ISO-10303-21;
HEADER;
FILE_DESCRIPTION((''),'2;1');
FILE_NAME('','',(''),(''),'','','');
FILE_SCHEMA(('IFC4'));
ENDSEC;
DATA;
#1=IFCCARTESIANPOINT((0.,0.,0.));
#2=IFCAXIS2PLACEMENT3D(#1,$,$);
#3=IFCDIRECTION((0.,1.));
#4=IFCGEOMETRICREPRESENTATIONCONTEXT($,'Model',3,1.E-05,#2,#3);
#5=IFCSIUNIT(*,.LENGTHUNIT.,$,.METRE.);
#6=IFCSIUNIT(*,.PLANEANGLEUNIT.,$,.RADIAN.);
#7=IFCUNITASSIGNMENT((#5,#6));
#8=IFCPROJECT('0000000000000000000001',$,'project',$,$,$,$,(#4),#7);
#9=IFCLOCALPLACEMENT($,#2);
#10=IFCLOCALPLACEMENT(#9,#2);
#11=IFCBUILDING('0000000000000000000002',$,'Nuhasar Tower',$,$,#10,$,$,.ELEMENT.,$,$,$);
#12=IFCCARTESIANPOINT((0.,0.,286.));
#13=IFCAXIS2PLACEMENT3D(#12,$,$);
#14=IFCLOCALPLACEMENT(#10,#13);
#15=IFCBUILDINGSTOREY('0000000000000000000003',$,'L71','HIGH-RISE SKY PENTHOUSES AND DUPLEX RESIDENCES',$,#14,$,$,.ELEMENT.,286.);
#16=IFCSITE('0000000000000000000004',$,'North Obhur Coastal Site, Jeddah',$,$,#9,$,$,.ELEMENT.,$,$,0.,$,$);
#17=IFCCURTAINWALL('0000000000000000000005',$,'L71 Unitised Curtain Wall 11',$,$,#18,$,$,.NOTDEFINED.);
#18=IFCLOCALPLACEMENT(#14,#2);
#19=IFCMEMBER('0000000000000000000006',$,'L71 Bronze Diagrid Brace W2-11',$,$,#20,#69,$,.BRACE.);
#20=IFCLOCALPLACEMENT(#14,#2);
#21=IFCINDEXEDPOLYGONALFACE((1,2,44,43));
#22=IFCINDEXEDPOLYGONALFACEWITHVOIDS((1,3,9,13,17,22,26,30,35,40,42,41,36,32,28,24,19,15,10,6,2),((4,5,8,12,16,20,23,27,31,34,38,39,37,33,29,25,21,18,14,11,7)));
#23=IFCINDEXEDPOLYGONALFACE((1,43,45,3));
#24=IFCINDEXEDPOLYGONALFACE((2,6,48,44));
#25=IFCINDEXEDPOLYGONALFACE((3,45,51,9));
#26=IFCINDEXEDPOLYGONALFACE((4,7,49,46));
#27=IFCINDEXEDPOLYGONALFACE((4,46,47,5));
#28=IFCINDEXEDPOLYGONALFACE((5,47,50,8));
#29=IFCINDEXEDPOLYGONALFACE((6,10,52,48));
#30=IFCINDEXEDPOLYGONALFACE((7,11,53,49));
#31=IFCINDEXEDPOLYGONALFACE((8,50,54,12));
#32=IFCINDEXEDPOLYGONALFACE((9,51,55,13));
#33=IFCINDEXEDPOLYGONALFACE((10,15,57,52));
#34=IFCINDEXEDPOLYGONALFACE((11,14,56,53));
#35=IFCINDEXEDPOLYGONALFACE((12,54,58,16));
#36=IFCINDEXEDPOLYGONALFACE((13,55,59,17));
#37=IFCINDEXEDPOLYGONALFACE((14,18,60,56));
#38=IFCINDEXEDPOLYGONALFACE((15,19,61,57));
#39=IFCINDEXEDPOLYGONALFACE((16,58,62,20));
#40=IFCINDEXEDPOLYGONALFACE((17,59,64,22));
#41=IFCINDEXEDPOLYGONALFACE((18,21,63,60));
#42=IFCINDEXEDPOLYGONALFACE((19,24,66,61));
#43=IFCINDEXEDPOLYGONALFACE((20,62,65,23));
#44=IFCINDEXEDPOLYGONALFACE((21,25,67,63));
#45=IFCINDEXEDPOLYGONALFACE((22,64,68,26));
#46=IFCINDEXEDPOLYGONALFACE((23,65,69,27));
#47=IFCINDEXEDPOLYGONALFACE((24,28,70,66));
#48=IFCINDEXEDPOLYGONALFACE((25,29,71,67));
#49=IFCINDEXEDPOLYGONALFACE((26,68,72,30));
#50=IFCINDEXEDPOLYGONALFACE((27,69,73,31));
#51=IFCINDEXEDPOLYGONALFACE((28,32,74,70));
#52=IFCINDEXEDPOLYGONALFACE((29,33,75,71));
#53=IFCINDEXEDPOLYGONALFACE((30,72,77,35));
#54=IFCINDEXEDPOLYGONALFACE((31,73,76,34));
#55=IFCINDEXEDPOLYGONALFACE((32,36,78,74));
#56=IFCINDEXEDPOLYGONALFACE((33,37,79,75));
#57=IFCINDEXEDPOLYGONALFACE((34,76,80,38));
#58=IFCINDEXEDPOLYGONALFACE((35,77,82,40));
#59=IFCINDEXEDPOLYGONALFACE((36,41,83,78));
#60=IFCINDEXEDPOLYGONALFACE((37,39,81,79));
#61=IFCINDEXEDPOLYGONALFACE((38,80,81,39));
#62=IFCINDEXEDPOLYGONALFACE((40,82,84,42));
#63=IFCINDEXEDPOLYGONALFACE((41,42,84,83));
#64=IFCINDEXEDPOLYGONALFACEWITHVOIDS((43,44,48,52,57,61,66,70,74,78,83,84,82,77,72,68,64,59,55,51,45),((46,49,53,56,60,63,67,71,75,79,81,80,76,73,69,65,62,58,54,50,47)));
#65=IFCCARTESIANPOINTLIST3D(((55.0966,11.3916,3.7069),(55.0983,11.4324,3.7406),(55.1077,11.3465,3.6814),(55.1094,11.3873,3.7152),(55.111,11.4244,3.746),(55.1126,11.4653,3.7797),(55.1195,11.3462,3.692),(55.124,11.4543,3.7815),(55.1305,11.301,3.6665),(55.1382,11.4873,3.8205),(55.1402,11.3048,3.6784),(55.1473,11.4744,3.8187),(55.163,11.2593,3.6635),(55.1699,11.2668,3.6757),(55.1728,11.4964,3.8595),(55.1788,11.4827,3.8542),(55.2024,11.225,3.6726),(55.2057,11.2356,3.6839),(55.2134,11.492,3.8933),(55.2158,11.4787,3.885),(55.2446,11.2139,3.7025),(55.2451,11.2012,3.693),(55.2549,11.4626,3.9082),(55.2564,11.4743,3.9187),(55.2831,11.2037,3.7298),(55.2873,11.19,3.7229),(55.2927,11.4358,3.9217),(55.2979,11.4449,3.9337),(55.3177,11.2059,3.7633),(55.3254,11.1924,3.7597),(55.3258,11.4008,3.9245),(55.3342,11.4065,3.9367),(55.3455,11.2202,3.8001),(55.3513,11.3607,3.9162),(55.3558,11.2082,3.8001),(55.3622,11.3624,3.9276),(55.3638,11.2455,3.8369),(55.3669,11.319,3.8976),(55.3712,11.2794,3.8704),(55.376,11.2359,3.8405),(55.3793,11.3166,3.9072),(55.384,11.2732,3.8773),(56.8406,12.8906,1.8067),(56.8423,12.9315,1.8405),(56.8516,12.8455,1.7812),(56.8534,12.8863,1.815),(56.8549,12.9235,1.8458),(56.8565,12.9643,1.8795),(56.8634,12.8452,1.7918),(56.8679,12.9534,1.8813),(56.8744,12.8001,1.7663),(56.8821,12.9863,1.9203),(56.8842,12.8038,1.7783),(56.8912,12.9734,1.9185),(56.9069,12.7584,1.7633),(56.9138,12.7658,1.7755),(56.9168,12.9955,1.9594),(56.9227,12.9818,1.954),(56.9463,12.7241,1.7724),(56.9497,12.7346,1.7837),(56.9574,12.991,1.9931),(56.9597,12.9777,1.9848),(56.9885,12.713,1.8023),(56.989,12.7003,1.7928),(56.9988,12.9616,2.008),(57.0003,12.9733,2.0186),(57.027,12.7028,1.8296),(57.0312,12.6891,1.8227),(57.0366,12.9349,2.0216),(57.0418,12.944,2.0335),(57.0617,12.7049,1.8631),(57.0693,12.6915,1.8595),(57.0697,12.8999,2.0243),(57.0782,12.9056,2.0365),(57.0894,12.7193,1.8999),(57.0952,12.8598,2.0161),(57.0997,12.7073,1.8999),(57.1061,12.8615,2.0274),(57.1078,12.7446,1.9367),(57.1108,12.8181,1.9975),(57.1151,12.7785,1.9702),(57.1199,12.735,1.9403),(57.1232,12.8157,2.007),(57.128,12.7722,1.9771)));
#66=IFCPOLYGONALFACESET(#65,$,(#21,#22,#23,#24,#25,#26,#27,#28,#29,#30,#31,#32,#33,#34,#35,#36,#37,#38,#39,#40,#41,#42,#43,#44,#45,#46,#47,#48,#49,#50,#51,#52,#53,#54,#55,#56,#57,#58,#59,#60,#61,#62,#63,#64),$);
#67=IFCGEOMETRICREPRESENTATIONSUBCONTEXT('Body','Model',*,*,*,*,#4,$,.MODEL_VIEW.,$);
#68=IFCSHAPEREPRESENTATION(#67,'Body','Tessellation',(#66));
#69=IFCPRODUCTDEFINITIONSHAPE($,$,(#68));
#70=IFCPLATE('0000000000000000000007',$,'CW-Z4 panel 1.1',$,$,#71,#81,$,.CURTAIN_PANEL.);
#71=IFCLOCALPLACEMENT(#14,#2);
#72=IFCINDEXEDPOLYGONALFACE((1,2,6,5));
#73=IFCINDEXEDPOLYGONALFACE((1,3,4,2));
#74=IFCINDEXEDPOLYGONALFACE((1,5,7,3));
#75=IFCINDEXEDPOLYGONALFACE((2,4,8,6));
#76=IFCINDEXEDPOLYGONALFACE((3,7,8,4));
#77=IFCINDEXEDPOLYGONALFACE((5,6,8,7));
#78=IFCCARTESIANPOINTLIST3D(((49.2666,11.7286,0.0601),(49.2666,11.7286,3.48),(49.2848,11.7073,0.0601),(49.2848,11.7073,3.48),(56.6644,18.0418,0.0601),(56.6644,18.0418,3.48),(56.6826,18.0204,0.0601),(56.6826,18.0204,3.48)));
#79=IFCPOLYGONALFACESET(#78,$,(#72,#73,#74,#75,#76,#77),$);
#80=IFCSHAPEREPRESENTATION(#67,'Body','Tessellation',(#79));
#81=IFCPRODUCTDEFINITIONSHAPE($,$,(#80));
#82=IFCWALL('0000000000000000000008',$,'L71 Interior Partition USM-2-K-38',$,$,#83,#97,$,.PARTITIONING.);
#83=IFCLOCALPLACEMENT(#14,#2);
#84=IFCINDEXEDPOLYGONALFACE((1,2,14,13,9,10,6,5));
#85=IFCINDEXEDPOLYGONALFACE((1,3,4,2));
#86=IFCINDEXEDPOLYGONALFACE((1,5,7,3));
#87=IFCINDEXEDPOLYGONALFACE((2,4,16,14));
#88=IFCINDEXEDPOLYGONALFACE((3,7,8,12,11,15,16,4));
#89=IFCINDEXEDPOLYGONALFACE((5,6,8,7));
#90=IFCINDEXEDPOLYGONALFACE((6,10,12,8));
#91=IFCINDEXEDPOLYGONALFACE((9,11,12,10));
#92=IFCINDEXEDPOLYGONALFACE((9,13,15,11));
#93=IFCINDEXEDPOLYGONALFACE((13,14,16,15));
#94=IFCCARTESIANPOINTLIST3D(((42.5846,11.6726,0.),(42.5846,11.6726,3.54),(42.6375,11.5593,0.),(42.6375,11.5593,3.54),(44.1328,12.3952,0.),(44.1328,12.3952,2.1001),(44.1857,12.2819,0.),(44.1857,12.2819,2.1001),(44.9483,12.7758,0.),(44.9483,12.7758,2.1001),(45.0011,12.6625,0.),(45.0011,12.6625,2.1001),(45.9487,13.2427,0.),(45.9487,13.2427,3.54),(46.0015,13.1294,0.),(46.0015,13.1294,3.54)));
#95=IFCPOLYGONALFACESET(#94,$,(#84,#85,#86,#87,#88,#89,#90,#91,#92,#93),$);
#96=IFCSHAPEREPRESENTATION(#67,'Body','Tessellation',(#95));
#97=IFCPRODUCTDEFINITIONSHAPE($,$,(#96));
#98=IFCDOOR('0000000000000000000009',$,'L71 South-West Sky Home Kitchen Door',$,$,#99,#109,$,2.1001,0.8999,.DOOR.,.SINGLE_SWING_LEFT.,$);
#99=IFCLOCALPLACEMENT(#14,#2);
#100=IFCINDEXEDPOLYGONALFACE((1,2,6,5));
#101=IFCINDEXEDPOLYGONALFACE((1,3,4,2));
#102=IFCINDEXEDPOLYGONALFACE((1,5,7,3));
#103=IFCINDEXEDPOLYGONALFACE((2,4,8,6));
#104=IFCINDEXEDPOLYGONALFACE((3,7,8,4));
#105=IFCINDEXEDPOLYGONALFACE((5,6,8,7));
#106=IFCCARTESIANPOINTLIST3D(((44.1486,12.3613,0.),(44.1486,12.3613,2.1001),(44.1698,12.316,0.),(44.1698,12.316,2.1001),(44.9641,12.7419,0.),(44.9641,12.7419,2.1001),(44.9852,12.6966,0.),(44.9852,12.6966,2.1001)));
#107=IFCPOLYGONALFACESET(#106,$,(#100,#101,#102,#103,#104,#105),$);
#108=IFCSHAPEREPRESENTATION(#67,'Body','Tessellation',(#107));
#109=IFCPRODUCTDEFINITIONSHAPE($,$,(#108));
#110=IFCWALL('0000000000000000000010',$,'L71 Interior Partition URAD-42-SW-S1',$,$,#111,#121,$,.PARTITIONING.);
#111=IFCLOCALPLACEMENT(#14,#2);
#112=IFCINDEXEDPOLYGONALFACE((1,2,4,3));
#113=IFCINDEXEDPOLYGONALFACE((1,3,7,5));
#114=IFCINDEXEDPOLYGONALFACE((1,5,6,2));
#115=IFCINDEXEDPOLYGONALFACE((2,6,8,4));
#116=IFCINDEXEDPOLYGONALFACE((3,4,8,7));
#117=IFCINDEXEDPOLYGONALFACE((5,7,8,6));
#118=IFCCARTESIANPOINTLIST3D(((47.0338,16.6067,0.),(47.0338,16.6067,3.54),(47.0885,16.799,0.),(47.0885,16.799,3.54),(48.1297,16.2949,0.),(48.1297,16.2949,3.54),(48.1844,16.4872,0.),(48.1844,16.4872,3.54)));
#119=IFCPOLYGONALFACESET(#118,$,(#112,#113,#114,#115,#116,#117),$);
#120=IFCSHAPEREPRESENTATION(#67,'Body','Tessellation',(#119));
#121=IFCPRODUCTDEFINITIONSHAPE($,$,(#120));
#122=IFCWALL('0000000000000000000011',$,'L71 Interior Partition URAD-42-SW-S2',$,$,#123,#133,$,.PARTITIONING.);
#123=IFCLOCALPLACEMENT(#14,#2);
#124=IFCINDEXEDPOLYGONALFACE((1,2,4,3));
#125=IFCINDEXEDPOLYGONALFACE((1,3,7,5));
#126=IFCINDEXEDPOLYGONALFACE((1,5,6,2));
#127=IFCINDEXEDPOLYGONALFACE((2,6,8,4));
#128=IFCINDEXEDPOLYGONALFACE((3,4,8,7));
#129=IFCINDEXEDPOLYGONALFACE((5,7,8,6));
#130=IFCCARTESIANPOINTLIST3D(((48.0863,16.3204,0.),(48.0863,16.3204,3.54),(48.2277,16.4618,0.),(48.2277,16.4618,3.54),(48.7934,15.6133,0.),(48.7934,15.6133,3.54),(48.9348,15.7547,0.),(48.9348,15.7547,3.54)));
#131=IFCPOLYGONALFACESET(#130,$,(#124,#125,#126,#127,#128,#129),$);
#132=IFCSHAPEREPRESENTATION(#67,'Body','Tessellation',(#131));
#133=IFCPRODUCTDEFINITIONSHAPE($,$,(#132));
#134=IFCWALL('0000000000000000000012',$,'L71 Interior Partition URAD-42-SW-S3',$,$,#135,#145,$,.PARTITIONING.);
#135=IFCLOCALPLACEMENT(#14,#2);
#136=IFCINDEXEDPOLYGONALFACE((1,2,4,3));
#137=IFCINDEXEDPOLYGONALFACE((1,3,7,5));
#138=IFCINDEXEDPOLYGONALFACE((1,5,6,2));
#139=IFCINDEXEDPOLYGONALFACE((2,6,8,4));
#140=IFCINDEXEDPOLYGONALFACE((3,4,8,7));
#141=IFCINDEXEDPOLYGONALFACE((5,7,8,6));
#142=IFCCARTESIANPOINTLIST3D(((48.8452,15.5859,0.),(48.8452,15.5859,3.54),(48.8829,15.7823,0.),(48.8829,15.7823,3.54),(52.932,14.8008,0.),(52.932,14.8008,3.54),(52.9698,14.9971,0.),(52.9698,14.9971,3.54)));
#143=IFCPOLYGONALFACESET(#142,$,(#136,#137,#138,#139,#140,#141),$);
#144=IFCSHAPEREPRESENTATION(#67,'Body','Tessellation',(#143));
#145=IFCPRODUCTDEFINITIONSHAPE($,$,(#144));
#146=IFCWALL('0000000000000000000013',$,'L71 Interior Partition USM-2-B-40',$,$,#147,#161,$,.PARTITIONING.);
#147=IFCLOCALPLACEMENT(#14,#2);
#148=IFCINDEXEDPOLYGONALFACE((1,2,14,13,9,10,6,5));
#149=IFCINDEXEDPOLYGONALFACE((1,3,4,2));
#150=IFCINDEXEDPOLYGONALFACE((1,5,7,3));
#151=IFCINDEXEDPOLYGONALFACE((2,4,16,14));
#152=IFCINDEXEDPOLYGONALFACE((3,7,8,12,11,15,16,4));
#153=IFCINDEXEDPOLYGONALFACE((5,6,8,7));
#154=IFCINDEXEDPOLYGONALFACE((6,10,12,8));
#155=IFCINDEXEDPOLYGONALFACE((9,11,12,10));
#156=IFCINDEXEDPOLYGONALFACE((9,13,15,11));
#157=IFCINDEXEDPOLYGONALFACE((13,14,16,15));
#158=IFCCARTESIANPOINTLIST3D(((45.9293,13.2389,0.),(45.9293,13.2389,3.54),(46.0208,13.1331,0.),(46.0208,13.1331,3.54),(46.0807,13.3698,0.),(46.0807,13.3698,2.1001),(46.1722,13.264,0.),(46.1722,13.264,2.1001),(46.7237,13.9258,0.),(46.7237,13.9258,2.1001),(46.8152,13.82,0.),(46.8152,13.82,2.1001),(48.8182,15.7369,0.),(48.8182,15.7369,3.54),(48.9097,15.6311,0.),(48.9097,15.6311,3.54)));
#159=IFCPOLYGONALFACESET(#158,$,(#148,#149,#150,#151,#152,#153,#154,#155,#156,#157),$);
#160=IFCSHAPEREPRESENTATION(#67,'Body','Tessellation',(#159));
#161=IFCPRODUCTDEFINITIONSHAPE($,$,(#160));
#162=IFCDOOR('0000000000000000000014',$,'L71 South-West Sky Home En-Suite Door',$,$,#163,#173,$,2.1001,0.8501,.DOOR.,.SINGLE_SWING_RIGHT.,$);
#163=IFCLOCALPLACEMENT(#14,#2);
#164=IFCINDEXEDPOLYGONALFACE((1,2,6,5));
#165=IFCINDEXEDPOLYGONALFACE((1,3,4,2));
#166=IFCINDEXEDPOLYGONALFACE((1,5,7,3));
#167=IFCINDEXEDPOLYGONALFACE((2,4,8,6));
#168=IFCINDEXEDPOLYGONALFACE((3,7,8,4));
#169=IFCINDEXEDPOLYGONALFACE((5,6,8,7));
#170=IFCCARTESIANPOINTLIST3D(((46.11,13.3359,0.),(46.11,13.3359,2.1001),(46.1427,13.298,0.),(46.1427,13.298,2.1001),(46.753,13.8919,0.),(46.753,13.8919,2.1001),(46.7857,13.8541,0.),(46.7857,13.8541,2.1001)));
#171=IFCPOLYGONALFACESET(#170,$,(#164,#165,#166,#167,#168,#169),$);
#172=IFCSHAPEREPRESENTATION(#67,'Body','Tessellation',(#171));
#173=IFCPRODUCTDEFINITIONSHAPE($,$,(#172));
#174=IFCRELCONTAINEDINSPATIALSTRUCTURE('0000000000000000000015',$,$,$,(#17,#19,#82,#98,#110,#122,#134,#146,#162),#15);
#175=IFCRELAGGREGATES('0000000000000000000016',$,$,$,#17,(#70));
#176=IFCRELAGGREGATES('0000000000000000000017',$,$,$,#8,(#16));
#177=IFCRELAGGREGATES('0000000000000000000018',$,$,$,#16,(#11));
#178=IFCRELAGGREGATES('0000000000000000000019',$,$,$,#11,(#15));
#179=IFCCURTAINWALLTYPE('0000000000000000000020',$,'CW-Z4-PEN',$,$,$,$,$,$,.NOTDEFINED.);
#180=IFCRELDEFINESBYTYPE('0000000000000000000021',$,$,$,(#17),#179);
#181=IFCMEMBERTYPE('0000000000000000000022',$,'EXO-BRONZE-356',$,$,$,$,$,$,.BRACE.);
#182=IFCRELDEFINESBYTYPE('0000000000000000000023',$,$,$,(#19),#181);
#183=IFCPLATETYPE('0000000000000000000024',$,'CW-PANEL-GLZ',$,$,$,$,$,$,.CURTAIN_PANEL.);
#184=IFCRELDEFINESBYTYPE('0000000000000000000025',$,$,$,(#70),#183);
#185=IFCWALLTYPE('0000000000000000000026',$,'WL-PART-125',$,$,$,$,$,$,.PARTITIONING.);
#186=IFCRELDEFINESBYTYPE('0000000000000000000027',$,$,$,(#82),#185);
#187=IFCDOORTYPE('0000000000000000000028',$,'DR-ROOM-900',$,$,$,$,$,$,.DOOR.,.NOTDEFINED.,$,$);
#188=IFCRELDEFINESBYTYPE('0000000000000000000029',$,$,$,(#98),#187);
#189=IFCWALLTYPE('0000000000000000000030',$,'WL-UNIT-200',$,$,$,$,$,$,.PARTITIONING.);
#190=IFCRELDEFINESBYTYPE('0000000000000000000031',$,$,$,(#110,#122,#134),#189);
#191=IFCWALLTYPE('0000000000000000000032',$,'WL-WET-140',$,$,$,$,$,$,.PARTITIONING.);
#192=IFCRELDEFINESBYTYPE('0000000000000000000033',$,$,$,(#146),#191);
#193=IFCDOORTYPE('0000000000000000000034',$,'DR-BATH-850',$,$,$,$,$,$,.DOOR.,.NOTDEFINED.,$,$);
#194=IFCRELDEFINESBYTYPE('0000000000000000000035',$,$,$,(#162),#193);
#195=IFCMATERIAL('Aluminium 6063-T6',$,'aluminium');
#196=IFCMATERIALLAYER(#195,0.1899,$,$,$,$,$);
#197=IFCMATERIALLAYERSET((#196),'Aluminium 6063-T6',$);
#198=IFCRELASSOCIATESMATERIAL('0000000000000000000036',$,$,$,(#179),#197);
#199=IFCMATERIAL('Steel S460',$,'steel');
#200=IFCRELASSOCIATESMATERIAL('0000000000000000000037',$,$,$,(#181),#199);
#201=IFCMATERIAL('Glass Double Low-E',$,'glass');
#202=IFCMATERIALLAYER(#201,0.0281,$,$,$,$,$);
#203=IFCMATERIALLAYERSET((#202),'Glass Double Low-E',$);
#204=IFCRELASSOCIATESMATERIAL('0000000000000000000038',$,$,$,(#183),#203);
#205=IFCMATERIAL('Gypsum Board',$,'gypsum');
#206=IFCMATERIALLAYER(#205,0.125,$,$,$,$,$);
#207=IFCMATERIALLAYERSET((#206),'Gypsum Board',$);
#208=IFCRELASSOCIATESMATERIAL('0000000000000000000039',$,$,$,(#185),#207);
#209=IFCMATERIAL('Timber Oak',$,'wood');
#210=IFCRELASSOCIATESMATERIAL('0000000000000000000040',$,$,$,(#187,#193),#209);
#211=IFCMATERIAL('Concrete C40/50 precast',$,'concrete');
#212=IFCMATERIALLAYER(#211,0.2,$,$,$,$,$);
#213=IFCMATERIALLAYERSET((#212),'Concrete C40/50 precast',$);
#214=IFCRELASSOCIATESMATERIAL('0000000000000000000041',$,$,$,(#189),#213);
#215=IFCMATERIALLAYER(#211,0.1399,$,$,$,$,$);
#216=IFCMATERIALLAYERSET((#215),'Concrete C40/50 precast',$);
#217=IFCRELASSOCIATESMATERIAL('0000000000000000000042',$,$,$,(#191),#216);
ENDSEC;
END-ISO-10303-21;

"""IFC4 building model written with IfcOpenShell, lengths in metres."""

from ifc_helpers import new_model, si_unit, direction, frame, frame_2d, origin, origin_2d, place, context, subcontext, project, spatial, rectangle, hollow_circle, extrude, material, layer, layer_set, material_profile, profile_set, type_object, element, fill, aggregate, save


model = new_model("IFC4")

# Units and contexts
model_context = context("Model", 3, precision=1e-05, world=origin(), true_north=direction((0.0, 1.0)))
body_context = subcontext(model_context, "Body", "Model", "MODEL_VIEW")
ifc_project = project(units=[si_unit("LENGTHUNIT", "METRE"), si_unit("PLANEANGLEUNIT", "RADIAN")], contexts=[model_context])

# Site, building, storey
site_placement = place(None, origin())
site = spatial("IfcSite", under=ifc_project, at=site_placement, Name="North Obhur Coastal Site, Jeddah", CompositionType="ELEMENT", RefElevation=0.0)
building_placement = place(site_placement, origin())
building = spatial("IfcBuilding", under=site, at=building_placement, Name="Nuhasar Tower", CompositionType="ELEMENT")
storey_placement = place(building_placement, frame((0.0, 0.0, 286.0)))
storey = spatial("IfcBuildingStorey", under=building, at=storey_placement, Name="L71", Description="HIGH-RISE SKY PENTHOUSES AND DUPLEX RESIDENCES", CompositionType="ELEMENT", Elevation=286.0)

# Shared definitions
ifc_material_1 = material(Name="Aluminium 6063-T6", Category="aluminium")
ifc_layer_1 = layer(ifc_material_1, 0.1899)
ifc_layer_set_1 = layer_set([ifc_layer_1], Name="Aluminium 6063-T6")
curtain_wall_type = type_object("IfcCurtainWallType", Name="CW-Z4-PEN", PredefinedType="NOTDEFINED", material=ifc_layer_set_1)

# Curtain wall
curtain_wall_1_placement = place(storey_placement, origin())
curtain_wall_1 = element("IfcCurtainWall", 1, at=curtain_wall_1_placement, inside=storey, type_object=curtain_wall_type, Name="L71 Unitised Curtain Wall 11", PredefinedType="NOTDEFINED")

# Member
ifc_material_2 = material(Name="Steel S460", Category="steel")
ifc_material_profile_1 = material_profile(ifc_material_2, hollow_circle(Radius=0.1777, WallThickness=0.0159, at=origin_2d()), Name="HSS355.6X15.9")
ifc_profile_set_1 = profile_set([ifc_material_profile_1], Name="Steel S460")
member_type_1 = type_object("IfcMemberType", Name="EXO-BRONZE-356", PredefinedType="BRACE", material=ifc_profile_set_1)
member_1_placement = place(storey_placement, frame((56.9839, 12.842, 1.8999), z_axis=(-0.584595, -0.502508, 0.636973), x_axis=(0.651857, -0.758342, 0.0)))
element("IfcMember", 2, at=member_1_placement, inside=storey, type_object=member_type_1, Name="L71 Bronze Diagrid Brace W2-11", PredefinedType="BRACE", context=body_context, shape_type="SweptSolid", body=[
    extrude(hollow_circle(Radius=0.1777, WallThickness=0.0159, at=origin_2d()), origin(), (0.0, 0.0, 1.0), 2.9832),
])

# Plate
ifc_material_3 = material(Name="Glass Double Low-E", Category="glass")
ifc_layer_2 = layer(ifc_material_3, 0.0281)
ifc_layer_set_2 = layer_set([ifc_layer_2], Name="Glass Double Low-E")
plate_type = type_object("IfcPlateType", Name="CW-PANEL-GLZ", PredefinedType="CURTAIN_PANEL", material=ifc_layer_set_2)
plate_placement = place(storey_placement, frame((52.9746, 14.8745, 0.0601), z_axis=(0.0, 0.0, 1.0), x_axis=(0.760667, 0.649142, 0.0)))
plate = element("IfcPlate", 3, at=plate_placement, type_object=plate_type, Name="CW-Z4 panel 1.1", PredefinedType="CURTAIN_PANEL", context=body_context, shape_type="SweptSolid", body=[
    extrude(rectangle(XDim=9.7253, YDim=0.0281, at=origin_2d()), origin(), (0.0, 0.0, 1.0), 3.4199),
])
aggregate(curtain_wall_1, [plate])

# Wall, opening, door
ifc_material_4 = material(Name="Gypsum Board", Category="gypsum")
ifc_layer_3 = layer(ifc_material_4, 0.125)
ifc_layer_set_3 = layer_set([ifc_layer_3], Name="Gypsum Board")
wall_type_1 = type_object("IfcWallType", Name="WL-PART-125", PredefinedType="PARTITIONING", material=ifc_layer_set_3)
wall_1_placement = place(storey_placement, frame((45.9751, 13.186, 0.0), z_axis=(0.0, 0.0, 1.0), x_axis=(-0.906163, -0.422929, 0.0)))
wall_1 = element("IfcWall", 4, at=wall_1_placement, inside=storey, type_object=wall_type_1, Name="L71 Interior Partition USM-2-K-38", PredefinedType="PARTITIONING", context=body_context, shape_type="SweptSolid", body=[
    extrude(rectangle(XDim=3.7124, YDim=0.125, at=frame_2d((1.8562, 0.0))), origin(), (0.0, 0.0, 1.0), 3.54),
])
opening_1_placement = place(wall_1_placement, frame((1.104, 0.0, 0.0)))
opening_1 = element("IfcOpeningElement", 5, at=opening_1_placement, cuts=wall_1, PredefinedType="OPENING", context=body_context, shape_type="SweptSolid", body=[
    extrude(rectangle(XDim=0.8999, YDim=2.1001, at=frame_2d((0.45, 1.05))), frame((0.0, 0.0725, 0.0), z_axis=(0.0, -1.0, 0.0), x_axis=(1.0, 0.0, 0.0)), (0.0, 0.0, 1.0), 0.145),
])
ifc_material_5 = material(Name="Timber Oak", Category="wood")
door_type_1 = type_object("IfcDoorType", Name="DR-ROOM-900", OperationType="NOTDEFINED", PredefinedType="DOOR", material=ifc_material_5)
door_1_placement = place(opening_1_placement, origin())
door_1 = element("IfcDoor", 6, at=door_1_placement, inside=storey, type_object=door_type_1, Name="L71 South-West Sky Home Kitchen Door", OperationType="SINGLE_SWING_LEFT", OverallHeight=2.1001, OverallWidth=0.8999, PredefinedType="DOOR", context=body_context, shape_type="SweptSolid", body=[
    extrude(rectangle(XDim=0.8999, YDim=2.1001, at=frame_2d((0.45, 1.05))), frame((0.0, 0.0249, 0.0), z_axis=(0.0, -1.0, 0.0), x_axis=(1.0, 0.0, 0.0)), (0.0, 0.0, 1.0), 0.05),
])
fill(opening_1, door_1)

# Walls
ifc_material_6 = material(Name="Concrete C40/50 precast", Category="concrete")
ifc_layer_4 = layer(ifc_material_6, 0.2)
ifc_layer_set_4 = layer_set([ifc_layer_4], Name="Concrete C40/50 precast")
wall_type_2 = type_object("IfcWallType", Name="WL-UNIT-200", PredefinedType="PARTITIONING", material=ifc_layer_set_4)
wall_2_placement = place(storey_placement, frame((47.061, 16.7029, 0.0), z_axis=(0.0, 0.0, 1.0), x_axis=(0.961839, -0.273617, 0.0)))
element("IfcWall", 7, at=wall_2_placement, inside=storey, type_object=wall_type_2, Name="L71 Interior Partition URAD-42-SW-S1", PredefinedType="PARTITIONING", context=body_context, shape_type="SweptSolid", body=[
    extrude(rectangle(XDim=1.1394, YDim=0.2, at=frame_2d((0.5698, 0.0))), origin(), (0.0, 0.0, 1.0), 3.54),
])
wall_3_placement = place(storey_placement, frame((48.157, 16.3911, 0.0), z_axis=(0.0, 0.0, 1.0), x_axis=(0.707107, -0.707107, 0.0)))
element("IfcWall", 8, at=wall_3_placement, inside=storey, type_object=wall_type_2, Name="L71 Interior Partition URAD-42-SW-S2", PredefinedType="PARTITIONING", context=body_context, shape_type="SweptSolid", body=[
    extrude(rectangle(XDim=1.0, YDim=0.2, at=frame_2d((0.5, 0.0))), origin(), (0.0, 0.0, 1.0), 3.54),
])
wall_4_placement = place(storey_placement, frame((48.864, 15.6841, 0.0), z_axis=(0.0, 0.0, 1.0), x_axis=(0.982042, -0.188665, 0.0)))
element("IfcWall", 9, at=wall_4_placement, inside=storey, type_object=wall_type_2, Name="L71 Interior Partition URAD-42-SW-S3", PredefinedType="PARTITIONING", context=body_context, shape_type="SweptSolid", body=[
    extrude(rectangle(XDim=4.1616, YDim=0.2, at=frame_2d((2.0808, 0.0))), origin(), (0.0, 0.0, 1.0), 3.54),
])

# Wall, opening, door
ifc_layer_5 = layer(ifc_material_6, 0.1399)
ifc_layer_set_5 = layer_set([ifc_layer_5], Name="Concrete C40/50 precast")
wall_type_3 = type_object("IfcWallType", Name="WL-WET-140", PredefinedType="PARTITIONING", material=ifc_layer_set_5)
wall_5_placement = place(storey_placement, frame((48.864, 15.6841, 0.0), z_axis=(0.0, 0.0, 1.0), x_axis=(-0.756425, -0.654081, 0.0)))
wall_5 = element("IfcWall", 10, at=wall_5_placement, inside=storey, type_object=wall_type_3, Name="L71 Interior Partition USM-2-B-40", PredefinedType="PARTITIONING", context=body_context, shape_type="SweptSolid", body=[
    extrude(rectangle(XDim=3.8191, YDim=0.1399, at=frame_2d((1.9097, 0.0))), origin(), (0.0, 0.0, 1.0), 3.54),
])
opening_2_placement = place(wall_5_placement, frame((2.769, 0.0, 0.0)))
opening_2 = element("IfcOpeningElement", 11, at=opening_2_placement, cuts=wall_5, PredefinedType="OPENING", context=body_context, shape_type="SweptSolid", body=[
    extrude(rectangle(XDim=0.8501, YDim=2.1001, at=frame_2d((0.425, 1.05))), frame((0.0, 0.0801, 0.0), z_axis=(0.0, -1.0, 0.0), x_axis=(1.0, 0.0, 0.0)), (0.0, 0.0, 1.0), 0.1599),
])
door_type_2 = type_object("IfcDoorType", Name="DR-BATH-850", OperationType="NOTDEFINED", PredefinedType="DOOR", material=ifc_material_5)
door_2_placement = place(opening_2_placement, origin())
door_2 = element("IfcDoor", 12, at=door_2_placement, inside=storey, type_object=door_type_2, Name="L71 South-West Sky Home En-Suite Door", OperationType="SINGLE_SWING_RIGHT", OverallHeight=2.1001, OverallWidth=0.8501, PredefinedType="DOOR", context=body_context, shape_type="SweptSolid", body=[
    extrude(rectangle(XDim=0.8501, YDim=2.1001, at=frame_2d((0.425, 1.05))), frame((0.0, 0.0249, 0.0), z_axis=(0.0, -1.0, 0.0), x_axis=(1.0, 0.0, 0.0)), (0.0, 0.0, 1.0), 0.05),
])
fill(opening_2, door_2)

save(model, "model.ifc")
